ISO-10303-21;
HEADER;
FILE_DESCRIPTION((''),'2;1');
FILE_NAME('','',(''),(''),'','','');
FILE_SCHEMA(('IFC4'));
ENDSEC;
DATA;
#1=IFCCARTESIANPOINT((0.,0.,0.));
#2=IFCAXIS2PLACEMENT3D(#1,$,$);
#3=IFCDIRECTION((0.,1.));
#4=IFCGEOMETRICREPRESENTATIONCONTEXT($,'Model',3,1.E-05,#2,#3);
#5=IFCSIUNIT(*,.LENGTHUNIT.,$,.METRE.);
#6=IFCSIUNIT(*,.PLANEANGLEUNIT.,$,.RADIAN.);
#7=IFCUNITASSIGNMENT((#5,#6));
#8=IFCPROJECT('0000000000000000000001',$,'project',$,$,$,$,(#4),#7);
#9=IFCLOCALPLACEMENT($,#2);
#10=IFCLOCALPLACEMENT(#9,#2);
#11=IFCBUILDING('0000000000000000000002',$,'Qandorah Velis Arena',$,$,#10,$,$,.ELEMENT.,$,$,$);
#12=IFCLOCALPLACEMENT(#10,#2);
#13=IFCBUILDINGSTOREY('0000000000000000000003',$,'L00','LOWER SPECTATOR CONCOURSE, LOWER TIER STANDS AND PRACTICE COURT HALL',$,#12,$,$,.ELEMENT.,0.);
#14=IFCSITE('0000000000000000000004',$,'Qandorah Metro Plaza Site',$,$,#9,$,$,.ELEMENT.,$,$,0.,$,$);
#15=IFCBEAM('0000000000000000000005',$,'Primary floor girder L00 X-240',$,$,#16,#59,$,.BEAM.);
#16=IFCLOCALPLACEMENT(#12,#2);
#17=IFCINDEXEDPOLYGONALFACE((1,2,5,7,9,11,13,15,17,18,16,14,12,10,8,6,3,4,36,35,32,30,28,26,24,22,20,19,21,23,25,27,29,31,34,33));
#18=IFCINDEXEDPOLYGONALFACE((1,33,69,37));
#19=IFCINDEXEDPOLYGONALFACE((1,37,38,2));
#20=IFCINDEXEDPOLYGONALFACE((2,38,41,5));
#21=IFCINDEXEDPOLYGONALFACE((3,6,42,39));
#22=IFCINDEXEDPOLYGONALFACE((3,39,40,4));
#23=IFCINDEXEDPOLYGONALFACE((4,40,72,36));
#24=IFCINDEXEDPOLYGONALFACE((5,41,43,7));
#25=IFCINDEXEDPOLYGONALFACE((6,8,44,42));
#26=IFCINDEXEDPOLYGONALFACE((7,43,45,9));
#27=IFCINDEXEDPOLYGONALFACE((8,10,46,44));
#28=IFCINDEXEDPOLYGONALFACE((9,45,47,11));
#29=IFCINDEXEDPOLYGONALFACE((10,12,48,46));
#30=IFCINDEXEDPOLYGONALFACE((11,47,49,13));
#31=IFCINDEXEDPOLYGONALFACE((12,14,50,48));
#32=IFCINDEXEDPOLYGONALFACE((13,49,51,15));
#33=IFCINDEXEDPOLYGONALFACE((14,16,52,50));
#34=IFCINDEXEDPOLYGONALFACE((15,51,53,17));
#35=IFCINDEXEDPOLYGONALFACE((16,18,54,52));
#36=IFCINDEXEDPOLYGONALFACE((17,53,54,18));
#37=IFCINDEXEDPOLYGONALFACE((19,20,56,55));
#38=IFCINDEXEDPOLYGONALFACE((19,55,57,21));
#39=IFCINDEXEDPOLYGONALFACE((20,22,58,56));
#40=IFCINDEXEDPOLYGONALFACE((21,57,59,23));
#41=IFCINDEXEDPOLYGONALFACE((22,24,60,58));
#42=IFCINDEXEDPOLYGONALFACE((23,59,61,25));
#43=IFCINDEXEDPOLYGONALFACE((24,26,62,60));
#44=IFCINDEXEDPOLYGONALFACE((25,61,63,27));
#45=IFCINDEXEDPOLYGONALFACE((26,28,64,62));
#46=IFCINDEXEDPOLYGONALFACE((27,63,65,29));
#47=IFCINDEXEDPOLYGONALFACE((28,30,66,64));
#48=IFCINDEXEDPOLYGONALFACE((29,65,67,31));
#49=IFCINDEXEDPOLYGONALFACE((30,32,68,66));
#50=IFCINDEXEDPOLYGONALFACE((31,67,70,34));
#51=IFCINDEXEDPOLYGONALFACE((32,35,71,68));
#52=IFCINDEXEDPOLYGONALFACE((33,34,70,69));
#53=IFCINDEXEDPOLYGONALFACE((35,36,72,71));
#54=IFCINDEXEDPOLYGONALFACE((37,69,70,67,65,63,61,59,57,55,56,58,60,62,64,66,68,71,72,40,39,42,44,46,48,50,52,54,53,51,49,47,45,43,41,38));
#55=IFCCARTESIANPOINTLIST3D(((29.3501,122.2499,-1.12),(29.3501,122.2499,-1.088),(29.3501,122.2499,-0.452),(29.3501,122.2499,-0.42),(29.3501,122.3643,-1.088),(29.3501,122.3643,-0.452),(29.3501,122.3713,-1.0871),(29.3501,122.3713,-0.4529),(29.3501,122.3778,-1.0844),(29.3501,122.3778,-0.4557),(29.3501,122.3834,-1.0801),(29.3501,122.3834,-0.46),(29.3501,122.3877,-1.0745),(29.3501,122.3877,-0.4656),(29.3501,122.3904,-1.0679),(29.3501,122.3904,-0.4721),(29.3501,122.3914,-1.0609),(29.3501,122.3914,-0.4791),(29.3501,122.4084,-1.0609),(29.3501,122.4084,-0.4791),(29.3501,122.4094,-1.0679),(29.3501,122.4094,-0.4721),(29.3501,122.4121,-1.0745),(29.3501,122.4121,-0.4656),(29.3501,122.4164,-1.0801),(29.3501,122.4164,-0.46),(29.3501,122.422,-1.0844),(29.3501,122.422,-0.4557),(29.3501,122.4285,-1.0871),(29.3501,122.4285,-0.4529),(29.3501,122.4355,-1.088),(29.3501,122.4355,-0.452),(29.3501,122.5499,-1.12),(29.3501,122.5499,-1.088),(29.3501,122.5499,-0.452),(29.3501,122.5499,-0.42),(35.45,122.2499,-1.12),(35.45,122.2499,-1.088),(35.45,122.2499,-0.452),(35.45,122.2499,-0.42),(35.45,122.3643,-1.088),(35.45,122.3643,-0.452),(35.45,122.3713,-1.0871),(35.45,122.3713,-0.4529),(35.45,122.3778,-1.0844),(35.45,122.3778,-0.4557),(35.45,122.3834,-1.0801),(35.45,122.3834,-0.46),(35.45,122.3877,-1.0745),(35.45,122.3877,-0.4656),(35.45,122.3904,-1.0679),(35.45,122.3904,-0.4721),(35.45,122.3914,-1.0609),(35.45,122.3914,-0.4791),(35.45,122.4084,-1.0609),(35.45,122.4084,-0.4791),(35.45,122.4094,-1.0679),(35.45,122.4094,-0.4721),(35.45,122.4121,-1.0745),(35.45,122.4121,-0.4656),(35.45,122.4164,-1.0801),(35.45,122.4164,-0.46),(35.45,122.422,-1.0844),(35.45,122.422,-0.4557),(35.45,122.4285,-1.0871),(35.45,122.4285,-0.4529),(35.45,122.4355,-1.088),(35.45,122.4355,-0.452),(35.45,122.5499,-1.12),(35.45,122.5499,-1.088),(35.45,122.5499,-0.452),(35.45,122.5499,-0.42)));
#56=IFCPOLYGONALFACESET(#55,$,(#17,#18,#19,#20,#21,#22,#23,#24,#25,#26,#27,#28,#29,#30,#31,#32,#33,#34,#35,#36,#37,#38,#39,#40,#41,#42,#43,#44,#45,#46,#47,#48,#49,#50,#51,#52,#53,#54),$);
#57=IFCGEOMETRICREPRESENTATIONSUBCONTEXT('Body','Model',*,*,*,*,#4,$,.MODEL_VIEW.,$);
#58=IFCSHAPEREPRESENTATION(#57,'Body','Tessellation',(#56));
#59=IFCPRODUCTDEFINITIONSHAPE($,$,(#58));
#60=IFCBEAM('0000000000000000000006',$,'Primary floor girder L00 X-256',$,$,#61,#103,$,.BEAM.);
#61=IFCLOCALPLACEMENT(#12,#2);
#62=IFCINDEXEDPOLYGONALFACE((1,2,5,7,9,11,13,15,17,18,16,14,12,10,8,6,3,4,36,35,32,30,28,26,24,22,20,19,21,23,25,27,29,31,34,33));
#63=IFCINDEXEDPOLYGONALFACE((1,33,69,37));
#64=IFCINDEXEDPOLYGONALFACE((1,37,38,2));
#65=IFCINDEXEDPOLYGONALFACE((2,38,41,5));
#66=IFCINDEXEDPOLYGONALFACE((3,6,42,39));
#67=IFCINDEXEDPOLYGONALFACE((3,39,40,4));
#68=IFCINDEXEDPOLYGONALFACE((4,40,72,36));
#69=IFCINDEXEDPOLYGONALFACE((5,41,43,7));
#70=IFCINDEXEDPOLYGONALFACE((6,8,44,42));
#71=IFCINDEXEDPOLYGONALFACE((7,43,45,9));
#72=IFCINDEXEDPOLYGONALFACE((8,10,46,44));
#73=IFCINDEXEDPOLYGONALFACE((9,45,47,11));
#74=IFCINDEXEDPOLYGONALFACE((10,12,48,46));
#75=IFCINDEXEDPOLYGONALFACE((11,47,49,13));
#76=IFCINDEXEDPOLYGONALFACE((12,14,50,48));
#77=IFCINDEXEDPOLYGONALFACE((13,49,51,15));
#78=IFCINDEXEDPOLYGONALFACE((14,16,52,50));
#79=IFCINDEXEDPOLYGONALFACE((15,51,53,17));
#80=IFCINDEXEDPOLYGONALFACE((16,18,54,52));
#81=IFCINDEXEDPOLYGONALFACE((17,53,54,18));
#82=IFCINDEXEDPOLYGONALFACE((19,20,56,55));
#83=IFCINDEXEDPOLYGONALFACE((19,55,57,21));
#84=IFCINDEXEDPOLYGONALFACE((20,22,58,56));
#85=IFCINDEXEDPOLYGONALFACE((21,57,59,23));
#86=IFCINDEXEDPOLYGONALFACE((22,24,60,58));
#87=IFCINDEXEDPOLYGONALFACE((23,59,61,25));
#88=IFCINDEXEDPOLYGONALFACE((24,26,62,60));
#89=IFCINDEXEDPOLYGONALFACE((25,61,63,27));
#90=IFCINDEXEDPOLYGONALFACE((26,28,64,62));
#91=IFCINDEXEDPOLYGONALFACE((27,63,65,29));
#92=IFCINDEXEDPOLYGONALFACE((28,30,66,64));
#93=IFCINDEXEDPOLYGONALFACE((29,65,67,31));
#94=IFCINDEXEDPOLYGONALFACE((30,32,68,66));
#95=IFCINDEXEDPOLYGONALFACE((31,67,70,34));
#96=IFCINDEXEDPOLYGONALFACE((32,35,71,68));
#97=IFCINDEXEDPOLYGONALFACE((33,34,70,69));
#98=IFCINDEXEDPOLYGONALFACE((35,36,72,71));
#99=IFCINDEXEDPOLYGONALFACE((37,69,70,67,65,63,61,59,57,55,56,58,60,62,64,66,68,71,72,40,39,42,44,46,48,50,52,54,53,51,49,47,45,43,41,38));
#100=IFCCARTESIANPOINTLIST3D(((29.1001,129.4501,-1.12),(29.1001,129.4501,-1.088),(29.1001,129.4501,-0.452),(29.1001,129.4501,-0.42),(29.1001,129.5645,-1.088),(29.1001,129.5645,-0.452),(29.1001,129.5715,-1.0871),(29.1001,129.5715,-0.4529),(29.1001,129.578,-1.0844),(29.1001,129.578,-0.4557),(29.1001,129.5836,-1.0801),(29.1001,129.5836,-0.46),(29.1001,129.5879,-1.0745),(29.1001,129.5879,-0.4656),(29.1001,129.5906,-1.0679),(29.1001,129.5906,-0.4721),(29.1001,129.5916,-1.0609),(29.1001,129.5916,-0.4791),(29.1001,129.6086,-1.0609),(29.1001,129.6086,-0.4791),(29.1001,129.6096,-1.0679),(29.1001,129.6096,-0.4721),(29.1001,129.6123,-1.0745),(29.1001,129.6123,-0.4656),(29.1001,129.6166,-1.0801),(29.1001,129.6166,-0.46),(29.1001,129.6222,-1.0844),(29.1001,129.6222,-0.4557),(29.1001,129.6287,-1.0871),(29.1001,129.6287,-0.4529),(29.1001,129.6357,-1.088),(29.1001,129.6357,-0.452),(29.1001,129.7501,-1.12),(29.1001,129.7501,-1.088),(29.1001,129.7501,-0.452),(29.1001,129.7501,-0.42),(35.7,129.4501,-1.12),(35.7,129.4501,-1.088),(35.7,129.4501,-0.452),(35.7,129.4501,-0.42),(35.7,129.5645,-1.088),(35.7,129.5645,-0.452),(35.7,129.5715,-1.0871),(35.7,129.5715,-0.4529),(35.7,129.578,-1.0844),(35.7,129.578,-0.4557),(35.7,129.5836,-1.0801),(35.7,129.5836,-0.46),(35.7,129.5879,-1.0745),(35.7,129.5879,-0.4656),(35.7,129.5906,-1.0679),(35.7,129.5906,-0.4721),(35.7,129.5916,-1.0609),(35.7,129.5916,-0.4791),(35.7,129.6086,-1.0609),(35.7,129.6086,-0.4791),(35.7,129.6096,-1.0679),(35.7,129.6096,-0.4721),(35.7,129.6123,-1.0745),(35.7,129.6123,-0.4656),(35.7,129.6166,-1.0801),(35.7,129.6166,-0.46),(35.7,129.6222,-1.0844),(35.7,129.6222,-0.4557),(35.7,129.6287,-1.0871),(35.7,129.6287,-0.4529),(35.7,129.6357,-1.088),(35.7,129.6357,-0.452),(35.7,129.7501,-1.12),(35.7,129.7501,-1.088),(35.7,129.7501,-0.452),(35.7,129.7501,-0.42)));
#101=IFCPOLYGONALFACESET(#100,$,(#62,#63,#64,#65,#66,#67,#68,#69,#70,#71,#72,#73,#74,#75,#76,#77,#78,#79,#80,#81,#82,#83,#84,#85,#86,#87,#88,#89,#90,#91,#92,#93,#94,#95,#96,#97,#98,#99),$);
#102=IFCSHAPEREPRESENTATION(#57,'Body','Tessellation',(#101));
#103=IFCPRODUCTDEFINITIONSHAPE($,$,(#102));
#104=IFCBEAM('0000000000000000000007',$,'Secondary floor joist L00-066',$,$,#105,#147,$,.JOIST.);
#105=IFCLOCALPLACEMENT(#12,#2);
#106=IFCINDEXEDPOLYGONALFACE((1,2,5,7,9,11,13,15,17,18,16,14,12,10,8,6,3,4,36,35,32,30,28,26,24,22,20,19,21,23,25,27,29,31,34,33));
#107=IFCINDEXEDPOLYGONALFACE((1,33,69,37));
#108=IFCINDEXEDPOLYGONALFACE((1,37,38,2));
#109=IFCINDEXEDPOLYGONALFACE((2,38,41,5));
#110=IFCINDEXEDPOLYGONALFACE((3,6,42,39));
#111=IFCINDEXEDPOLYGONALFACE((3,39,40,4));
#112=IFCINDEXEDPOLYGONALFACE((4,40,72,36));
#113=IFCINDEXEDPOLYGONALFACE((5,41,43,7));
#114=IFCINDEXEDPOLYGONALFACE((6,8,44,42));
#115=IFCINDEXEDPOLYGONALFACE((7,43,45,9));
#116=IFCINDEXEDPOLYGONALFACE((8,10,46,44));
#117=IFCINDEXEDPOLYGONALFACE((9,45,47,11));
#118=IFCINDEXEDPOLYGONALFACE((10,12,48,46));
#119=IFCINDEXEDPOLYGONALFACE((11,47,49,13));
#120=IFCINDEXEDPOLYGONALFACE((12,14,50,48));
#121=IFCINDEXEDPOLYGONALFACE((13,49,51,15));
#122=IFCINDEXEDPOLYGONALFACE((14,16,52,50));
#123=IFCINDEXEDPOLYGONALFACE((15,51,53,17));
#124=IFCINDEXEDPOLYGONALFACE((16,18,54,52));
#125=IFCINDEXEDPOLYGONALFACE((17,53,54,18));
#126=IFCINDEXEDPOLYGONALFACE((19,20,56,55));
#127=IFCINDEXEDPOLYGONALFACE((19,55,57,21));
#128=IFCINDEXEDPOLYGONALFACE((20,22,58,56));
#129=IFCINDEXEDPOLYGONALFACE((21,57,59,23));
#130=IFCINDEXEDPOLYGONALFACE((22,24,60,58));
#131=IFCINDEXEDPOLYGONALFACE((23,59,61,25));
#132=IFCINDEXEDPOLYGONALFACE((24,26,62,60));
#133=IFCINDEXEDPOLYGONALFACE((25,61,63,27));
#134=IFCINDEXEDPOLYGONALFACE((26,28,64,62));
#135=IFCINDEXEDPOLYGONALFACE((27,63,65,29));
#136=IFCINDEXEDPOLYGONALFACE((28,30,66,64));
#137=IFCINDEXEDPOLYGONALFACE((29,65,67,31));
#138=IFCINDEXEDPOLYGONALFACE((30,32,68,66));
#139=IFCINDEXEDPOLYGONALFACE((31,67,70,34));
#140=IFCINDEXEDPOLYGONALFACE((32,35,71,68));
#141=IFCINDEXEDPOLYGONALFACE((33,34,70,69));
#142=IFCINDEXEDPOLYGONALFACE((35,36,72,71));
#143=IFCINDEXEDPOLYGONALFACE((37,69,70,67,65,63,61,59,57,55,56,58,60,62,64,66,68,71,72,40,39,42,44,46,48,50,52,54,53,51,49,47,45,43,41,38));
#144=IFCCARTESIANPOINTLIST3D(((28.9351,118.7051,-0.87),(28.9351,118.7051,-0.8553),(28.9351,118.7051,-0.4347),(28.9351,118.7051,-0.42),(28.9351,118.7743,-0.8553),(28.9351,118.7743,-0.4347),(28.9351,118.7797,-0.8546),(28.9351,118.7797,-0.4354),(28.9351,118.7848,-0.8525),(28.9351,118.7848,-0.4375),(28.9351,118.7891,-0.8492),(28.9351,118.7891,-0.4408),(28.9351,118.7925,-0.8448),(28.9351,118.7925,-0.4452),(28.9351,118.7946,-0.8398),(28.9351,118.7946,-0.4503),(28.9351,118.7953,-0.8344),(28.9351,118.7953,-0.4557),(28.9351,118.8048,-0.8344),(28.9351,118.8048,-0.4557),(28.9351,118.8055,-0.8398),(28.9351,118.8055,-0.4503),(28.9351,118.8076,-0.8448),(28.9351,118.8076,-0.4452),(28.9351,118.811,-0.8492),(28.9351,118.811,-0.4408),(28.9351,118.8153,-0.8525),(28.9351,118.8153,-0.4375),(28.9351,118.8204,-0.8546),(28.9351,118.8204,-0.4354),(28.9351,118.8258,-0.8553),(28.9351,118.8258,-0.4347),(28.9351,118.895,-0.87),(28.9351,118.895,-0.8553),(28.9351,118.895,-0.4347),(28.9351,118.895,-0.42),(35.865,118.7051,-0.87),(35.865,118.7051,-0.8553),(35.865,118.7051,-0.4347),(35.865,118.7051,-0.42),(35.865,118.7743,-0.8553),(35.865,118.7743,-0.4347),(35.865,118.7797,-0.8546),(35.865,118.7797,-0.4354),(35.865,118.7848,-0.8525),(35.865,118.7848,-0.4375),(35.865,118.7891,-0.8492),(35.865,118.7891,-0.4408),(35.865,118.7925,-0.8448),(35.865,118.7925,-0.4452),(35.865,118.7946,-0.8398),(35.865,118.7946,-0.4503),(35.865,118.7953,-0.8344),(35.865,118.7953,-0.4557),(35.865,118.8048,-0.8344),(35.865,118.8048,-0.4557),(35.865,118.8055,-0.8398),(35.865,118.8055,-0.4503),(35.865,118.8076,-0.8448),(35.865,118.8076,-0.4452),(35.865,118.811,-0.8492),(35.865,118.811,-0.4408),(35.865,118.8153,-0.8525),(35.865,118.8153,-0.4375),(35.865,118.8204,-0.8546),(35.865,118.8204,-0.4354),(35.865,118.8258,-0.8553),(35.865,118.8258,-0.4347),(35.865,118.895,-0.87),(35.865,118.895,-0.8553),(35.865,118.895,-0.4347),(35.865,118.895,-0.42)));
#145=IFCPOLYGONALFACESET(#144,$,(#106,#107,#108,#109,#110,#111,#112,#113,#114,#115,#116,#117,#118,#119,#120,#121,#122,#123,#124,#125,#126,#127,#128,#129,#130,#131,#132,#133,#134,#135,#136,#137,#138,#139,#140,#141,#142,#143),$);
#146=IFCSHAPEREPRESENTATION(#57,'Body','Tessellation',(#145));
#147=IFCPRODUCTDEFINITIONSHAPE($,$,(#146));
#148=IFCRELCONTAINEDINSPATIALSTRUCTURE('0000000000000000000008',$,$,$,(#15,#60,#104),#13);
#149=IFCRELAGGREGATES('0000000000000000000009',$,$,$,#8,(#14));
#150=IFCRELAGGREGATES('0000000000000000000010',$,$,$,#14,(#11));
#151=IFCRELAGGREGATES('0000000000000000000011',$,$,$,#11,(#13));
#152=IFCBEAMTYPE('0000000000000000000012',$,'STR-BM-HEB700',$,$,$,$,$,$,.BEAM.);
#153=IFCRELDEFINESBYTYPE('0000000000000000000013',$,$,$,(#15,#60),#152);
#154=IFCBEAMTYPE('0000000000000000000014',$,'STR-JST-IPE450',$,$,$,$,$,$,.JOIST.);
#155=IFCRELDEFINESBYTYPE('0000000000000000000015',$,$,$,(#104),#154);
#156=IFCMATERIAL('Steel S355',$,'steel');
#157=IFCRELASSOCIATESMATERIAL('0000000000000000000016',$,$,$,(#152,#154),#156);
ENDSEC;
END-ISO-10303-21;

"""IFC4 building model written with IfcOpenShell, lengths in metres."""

from ifc_helpers import new_model, si_unit, direction, frame, origin, origin_2d, place, context, subcontext, project, spatial, i_section, extrude, material, material_profile, profile_set, type_object, element, save


model = new_model("IFC4")

# Units and contexts
model_context = context("Model", 3, precision=1e-05, world=origin(), true_north=direction((0.0, 1.0)))
body_context = subcontext(model_context, "Body", "Model", "MODEL_VIEW")
ifc_project = project(units=[si_unit("LENGTHUNIT", "METRE"), si_unit("PLANEANGLEUNIT", "RADIAN")], contexts=[model_context])

# Site, building, storey
site_placement = place(None, origin())
site = spatial("IfcSite", under=ifc_project, at=site_placement, Name="Qandorah Metro Plaza Site", CompositionType="ELEMENT", RefElevation=0.0)
building_placement = place(site_placement, origin())
building = spatial("IfcBuilding", under=site, at=building_placement, Name="Qandorah Velis Arena", CompositionType="ELEMENT")
storey_placement = place(building_placement, origin())
storey = spatial("IfcBuildingStorey", under=building, at=storey_placement, Name="L00", Description="LOWER SPECTATOR CONCOURSE, LOWER TIER STANDS AND PRACTICE COURT HALL", CompositionType="ELEMENT", Elevation=0.0)

# Beams
ifc_material_1 = material(Name="Steel S355", Category="steel")
ifc_material_profile_1 = material_profile(ifc_material_1, i_section(OverallWidth=0.3, OverallDepth=0.7, WebThickness=0.0171, FlangeThickness=0.032, FilletRadius=0.0271, at=origin_2d()), Name="HEB 700")
ifc_profile_set_1 = profile_set([ifc_material_profile_1], Name="Steel S355")
beam_type_1 = type_object("IfcBeamType", Name="STR-BM-HEB700", PredefinedType="BEAM", material=ifc_profile_set_1)
beam_1_placement = place(storey_placement, frame((29.3501, 122.3999, -0.77), z_axis=(1.0, 0.0, 0.0), x_axis=(0.0, 1.0, 0.0)))
element("IfcBeam", 1, at=beam_1_placement, inside=storey, type_object=beam_type_1, Name="Primary floor girder L00 X-240", PredefinedType="BEAM", context=body_context, shape_type="SweptSolid", body=[
    extrude(i_section(OverallWidth=0.3, OverallDepth=0.7, WebThickness=0.0171, FlangeThickness=0.032, FilletRadius=0.0271, at=origin_2d()), origin(), (0.0, 0.0, 1.0), 6.0999),
])
beam_2_placement = place(storey_placement, frame((29.1001, 129.6001, -0.77), z_axis=(1.0, 0.0, 0.0), x_axis=(0.0, 1.0, 0.0)))
element("IfcBeam", 2, at=beam_2_placement, inside=storey, type_object=beam_type_1, Name="Primary floor girder L00 X-256", PredefinedType="BEAM", context=body_context, shape_type="SweptSolid", body=[
    extrude(i_section(OverallWidth=0.3, OverallDepth=0.7, WebThickness=0.0171, FlangeThickness=0.032, FilletRadius=0.0271, at=origin_2d()), origin(), (0.0, 0.0, 1.0), 6.5999),
])
ifc_material_profile_2 = material_profile(ifc_material_1, i_section(OverallWidth=0.1899, OverallDepth=0.45, WebThickness=0.0095, FlangeThickness=0.0146, FilletRadius=0.021, at=origin_2d()), Name="IPE 450")
ifc_profile_set_2 = profile_set([ifc_material_profile_2], Name="Steel S355")
beam_type_2 = type_object("IfcBeamType", Name="STR-JST-IPE450", PredefinedType="JOIST", material=ifc_profile_set_2)
beam_3_placement = place(storey_placement, frame((28.9351, 118.8, -0.645), z_axis=(1.0, 0.0, 0.0), x_axis=(0.0, 1.0, 0.0)))
element("IfcBeam", 3, at=beam_3_placement, inside=storey, type_object=beam_type_2, Name="Secondary floor joist L00-066", PredefinedType="JOIST", context=body_context, shape_type="SweptSolid", body=[
    extrude(i_section(OverallWidth=0.1899, OverallDepth=0.45, WebThickness=0.0095, FlangeThickness=0.0146, FilletRadius=0.021, at=origin_2d()), origin(), (0.0, 0.0, 1.0), 6.9299),
])

save(model, "model.ifc")
